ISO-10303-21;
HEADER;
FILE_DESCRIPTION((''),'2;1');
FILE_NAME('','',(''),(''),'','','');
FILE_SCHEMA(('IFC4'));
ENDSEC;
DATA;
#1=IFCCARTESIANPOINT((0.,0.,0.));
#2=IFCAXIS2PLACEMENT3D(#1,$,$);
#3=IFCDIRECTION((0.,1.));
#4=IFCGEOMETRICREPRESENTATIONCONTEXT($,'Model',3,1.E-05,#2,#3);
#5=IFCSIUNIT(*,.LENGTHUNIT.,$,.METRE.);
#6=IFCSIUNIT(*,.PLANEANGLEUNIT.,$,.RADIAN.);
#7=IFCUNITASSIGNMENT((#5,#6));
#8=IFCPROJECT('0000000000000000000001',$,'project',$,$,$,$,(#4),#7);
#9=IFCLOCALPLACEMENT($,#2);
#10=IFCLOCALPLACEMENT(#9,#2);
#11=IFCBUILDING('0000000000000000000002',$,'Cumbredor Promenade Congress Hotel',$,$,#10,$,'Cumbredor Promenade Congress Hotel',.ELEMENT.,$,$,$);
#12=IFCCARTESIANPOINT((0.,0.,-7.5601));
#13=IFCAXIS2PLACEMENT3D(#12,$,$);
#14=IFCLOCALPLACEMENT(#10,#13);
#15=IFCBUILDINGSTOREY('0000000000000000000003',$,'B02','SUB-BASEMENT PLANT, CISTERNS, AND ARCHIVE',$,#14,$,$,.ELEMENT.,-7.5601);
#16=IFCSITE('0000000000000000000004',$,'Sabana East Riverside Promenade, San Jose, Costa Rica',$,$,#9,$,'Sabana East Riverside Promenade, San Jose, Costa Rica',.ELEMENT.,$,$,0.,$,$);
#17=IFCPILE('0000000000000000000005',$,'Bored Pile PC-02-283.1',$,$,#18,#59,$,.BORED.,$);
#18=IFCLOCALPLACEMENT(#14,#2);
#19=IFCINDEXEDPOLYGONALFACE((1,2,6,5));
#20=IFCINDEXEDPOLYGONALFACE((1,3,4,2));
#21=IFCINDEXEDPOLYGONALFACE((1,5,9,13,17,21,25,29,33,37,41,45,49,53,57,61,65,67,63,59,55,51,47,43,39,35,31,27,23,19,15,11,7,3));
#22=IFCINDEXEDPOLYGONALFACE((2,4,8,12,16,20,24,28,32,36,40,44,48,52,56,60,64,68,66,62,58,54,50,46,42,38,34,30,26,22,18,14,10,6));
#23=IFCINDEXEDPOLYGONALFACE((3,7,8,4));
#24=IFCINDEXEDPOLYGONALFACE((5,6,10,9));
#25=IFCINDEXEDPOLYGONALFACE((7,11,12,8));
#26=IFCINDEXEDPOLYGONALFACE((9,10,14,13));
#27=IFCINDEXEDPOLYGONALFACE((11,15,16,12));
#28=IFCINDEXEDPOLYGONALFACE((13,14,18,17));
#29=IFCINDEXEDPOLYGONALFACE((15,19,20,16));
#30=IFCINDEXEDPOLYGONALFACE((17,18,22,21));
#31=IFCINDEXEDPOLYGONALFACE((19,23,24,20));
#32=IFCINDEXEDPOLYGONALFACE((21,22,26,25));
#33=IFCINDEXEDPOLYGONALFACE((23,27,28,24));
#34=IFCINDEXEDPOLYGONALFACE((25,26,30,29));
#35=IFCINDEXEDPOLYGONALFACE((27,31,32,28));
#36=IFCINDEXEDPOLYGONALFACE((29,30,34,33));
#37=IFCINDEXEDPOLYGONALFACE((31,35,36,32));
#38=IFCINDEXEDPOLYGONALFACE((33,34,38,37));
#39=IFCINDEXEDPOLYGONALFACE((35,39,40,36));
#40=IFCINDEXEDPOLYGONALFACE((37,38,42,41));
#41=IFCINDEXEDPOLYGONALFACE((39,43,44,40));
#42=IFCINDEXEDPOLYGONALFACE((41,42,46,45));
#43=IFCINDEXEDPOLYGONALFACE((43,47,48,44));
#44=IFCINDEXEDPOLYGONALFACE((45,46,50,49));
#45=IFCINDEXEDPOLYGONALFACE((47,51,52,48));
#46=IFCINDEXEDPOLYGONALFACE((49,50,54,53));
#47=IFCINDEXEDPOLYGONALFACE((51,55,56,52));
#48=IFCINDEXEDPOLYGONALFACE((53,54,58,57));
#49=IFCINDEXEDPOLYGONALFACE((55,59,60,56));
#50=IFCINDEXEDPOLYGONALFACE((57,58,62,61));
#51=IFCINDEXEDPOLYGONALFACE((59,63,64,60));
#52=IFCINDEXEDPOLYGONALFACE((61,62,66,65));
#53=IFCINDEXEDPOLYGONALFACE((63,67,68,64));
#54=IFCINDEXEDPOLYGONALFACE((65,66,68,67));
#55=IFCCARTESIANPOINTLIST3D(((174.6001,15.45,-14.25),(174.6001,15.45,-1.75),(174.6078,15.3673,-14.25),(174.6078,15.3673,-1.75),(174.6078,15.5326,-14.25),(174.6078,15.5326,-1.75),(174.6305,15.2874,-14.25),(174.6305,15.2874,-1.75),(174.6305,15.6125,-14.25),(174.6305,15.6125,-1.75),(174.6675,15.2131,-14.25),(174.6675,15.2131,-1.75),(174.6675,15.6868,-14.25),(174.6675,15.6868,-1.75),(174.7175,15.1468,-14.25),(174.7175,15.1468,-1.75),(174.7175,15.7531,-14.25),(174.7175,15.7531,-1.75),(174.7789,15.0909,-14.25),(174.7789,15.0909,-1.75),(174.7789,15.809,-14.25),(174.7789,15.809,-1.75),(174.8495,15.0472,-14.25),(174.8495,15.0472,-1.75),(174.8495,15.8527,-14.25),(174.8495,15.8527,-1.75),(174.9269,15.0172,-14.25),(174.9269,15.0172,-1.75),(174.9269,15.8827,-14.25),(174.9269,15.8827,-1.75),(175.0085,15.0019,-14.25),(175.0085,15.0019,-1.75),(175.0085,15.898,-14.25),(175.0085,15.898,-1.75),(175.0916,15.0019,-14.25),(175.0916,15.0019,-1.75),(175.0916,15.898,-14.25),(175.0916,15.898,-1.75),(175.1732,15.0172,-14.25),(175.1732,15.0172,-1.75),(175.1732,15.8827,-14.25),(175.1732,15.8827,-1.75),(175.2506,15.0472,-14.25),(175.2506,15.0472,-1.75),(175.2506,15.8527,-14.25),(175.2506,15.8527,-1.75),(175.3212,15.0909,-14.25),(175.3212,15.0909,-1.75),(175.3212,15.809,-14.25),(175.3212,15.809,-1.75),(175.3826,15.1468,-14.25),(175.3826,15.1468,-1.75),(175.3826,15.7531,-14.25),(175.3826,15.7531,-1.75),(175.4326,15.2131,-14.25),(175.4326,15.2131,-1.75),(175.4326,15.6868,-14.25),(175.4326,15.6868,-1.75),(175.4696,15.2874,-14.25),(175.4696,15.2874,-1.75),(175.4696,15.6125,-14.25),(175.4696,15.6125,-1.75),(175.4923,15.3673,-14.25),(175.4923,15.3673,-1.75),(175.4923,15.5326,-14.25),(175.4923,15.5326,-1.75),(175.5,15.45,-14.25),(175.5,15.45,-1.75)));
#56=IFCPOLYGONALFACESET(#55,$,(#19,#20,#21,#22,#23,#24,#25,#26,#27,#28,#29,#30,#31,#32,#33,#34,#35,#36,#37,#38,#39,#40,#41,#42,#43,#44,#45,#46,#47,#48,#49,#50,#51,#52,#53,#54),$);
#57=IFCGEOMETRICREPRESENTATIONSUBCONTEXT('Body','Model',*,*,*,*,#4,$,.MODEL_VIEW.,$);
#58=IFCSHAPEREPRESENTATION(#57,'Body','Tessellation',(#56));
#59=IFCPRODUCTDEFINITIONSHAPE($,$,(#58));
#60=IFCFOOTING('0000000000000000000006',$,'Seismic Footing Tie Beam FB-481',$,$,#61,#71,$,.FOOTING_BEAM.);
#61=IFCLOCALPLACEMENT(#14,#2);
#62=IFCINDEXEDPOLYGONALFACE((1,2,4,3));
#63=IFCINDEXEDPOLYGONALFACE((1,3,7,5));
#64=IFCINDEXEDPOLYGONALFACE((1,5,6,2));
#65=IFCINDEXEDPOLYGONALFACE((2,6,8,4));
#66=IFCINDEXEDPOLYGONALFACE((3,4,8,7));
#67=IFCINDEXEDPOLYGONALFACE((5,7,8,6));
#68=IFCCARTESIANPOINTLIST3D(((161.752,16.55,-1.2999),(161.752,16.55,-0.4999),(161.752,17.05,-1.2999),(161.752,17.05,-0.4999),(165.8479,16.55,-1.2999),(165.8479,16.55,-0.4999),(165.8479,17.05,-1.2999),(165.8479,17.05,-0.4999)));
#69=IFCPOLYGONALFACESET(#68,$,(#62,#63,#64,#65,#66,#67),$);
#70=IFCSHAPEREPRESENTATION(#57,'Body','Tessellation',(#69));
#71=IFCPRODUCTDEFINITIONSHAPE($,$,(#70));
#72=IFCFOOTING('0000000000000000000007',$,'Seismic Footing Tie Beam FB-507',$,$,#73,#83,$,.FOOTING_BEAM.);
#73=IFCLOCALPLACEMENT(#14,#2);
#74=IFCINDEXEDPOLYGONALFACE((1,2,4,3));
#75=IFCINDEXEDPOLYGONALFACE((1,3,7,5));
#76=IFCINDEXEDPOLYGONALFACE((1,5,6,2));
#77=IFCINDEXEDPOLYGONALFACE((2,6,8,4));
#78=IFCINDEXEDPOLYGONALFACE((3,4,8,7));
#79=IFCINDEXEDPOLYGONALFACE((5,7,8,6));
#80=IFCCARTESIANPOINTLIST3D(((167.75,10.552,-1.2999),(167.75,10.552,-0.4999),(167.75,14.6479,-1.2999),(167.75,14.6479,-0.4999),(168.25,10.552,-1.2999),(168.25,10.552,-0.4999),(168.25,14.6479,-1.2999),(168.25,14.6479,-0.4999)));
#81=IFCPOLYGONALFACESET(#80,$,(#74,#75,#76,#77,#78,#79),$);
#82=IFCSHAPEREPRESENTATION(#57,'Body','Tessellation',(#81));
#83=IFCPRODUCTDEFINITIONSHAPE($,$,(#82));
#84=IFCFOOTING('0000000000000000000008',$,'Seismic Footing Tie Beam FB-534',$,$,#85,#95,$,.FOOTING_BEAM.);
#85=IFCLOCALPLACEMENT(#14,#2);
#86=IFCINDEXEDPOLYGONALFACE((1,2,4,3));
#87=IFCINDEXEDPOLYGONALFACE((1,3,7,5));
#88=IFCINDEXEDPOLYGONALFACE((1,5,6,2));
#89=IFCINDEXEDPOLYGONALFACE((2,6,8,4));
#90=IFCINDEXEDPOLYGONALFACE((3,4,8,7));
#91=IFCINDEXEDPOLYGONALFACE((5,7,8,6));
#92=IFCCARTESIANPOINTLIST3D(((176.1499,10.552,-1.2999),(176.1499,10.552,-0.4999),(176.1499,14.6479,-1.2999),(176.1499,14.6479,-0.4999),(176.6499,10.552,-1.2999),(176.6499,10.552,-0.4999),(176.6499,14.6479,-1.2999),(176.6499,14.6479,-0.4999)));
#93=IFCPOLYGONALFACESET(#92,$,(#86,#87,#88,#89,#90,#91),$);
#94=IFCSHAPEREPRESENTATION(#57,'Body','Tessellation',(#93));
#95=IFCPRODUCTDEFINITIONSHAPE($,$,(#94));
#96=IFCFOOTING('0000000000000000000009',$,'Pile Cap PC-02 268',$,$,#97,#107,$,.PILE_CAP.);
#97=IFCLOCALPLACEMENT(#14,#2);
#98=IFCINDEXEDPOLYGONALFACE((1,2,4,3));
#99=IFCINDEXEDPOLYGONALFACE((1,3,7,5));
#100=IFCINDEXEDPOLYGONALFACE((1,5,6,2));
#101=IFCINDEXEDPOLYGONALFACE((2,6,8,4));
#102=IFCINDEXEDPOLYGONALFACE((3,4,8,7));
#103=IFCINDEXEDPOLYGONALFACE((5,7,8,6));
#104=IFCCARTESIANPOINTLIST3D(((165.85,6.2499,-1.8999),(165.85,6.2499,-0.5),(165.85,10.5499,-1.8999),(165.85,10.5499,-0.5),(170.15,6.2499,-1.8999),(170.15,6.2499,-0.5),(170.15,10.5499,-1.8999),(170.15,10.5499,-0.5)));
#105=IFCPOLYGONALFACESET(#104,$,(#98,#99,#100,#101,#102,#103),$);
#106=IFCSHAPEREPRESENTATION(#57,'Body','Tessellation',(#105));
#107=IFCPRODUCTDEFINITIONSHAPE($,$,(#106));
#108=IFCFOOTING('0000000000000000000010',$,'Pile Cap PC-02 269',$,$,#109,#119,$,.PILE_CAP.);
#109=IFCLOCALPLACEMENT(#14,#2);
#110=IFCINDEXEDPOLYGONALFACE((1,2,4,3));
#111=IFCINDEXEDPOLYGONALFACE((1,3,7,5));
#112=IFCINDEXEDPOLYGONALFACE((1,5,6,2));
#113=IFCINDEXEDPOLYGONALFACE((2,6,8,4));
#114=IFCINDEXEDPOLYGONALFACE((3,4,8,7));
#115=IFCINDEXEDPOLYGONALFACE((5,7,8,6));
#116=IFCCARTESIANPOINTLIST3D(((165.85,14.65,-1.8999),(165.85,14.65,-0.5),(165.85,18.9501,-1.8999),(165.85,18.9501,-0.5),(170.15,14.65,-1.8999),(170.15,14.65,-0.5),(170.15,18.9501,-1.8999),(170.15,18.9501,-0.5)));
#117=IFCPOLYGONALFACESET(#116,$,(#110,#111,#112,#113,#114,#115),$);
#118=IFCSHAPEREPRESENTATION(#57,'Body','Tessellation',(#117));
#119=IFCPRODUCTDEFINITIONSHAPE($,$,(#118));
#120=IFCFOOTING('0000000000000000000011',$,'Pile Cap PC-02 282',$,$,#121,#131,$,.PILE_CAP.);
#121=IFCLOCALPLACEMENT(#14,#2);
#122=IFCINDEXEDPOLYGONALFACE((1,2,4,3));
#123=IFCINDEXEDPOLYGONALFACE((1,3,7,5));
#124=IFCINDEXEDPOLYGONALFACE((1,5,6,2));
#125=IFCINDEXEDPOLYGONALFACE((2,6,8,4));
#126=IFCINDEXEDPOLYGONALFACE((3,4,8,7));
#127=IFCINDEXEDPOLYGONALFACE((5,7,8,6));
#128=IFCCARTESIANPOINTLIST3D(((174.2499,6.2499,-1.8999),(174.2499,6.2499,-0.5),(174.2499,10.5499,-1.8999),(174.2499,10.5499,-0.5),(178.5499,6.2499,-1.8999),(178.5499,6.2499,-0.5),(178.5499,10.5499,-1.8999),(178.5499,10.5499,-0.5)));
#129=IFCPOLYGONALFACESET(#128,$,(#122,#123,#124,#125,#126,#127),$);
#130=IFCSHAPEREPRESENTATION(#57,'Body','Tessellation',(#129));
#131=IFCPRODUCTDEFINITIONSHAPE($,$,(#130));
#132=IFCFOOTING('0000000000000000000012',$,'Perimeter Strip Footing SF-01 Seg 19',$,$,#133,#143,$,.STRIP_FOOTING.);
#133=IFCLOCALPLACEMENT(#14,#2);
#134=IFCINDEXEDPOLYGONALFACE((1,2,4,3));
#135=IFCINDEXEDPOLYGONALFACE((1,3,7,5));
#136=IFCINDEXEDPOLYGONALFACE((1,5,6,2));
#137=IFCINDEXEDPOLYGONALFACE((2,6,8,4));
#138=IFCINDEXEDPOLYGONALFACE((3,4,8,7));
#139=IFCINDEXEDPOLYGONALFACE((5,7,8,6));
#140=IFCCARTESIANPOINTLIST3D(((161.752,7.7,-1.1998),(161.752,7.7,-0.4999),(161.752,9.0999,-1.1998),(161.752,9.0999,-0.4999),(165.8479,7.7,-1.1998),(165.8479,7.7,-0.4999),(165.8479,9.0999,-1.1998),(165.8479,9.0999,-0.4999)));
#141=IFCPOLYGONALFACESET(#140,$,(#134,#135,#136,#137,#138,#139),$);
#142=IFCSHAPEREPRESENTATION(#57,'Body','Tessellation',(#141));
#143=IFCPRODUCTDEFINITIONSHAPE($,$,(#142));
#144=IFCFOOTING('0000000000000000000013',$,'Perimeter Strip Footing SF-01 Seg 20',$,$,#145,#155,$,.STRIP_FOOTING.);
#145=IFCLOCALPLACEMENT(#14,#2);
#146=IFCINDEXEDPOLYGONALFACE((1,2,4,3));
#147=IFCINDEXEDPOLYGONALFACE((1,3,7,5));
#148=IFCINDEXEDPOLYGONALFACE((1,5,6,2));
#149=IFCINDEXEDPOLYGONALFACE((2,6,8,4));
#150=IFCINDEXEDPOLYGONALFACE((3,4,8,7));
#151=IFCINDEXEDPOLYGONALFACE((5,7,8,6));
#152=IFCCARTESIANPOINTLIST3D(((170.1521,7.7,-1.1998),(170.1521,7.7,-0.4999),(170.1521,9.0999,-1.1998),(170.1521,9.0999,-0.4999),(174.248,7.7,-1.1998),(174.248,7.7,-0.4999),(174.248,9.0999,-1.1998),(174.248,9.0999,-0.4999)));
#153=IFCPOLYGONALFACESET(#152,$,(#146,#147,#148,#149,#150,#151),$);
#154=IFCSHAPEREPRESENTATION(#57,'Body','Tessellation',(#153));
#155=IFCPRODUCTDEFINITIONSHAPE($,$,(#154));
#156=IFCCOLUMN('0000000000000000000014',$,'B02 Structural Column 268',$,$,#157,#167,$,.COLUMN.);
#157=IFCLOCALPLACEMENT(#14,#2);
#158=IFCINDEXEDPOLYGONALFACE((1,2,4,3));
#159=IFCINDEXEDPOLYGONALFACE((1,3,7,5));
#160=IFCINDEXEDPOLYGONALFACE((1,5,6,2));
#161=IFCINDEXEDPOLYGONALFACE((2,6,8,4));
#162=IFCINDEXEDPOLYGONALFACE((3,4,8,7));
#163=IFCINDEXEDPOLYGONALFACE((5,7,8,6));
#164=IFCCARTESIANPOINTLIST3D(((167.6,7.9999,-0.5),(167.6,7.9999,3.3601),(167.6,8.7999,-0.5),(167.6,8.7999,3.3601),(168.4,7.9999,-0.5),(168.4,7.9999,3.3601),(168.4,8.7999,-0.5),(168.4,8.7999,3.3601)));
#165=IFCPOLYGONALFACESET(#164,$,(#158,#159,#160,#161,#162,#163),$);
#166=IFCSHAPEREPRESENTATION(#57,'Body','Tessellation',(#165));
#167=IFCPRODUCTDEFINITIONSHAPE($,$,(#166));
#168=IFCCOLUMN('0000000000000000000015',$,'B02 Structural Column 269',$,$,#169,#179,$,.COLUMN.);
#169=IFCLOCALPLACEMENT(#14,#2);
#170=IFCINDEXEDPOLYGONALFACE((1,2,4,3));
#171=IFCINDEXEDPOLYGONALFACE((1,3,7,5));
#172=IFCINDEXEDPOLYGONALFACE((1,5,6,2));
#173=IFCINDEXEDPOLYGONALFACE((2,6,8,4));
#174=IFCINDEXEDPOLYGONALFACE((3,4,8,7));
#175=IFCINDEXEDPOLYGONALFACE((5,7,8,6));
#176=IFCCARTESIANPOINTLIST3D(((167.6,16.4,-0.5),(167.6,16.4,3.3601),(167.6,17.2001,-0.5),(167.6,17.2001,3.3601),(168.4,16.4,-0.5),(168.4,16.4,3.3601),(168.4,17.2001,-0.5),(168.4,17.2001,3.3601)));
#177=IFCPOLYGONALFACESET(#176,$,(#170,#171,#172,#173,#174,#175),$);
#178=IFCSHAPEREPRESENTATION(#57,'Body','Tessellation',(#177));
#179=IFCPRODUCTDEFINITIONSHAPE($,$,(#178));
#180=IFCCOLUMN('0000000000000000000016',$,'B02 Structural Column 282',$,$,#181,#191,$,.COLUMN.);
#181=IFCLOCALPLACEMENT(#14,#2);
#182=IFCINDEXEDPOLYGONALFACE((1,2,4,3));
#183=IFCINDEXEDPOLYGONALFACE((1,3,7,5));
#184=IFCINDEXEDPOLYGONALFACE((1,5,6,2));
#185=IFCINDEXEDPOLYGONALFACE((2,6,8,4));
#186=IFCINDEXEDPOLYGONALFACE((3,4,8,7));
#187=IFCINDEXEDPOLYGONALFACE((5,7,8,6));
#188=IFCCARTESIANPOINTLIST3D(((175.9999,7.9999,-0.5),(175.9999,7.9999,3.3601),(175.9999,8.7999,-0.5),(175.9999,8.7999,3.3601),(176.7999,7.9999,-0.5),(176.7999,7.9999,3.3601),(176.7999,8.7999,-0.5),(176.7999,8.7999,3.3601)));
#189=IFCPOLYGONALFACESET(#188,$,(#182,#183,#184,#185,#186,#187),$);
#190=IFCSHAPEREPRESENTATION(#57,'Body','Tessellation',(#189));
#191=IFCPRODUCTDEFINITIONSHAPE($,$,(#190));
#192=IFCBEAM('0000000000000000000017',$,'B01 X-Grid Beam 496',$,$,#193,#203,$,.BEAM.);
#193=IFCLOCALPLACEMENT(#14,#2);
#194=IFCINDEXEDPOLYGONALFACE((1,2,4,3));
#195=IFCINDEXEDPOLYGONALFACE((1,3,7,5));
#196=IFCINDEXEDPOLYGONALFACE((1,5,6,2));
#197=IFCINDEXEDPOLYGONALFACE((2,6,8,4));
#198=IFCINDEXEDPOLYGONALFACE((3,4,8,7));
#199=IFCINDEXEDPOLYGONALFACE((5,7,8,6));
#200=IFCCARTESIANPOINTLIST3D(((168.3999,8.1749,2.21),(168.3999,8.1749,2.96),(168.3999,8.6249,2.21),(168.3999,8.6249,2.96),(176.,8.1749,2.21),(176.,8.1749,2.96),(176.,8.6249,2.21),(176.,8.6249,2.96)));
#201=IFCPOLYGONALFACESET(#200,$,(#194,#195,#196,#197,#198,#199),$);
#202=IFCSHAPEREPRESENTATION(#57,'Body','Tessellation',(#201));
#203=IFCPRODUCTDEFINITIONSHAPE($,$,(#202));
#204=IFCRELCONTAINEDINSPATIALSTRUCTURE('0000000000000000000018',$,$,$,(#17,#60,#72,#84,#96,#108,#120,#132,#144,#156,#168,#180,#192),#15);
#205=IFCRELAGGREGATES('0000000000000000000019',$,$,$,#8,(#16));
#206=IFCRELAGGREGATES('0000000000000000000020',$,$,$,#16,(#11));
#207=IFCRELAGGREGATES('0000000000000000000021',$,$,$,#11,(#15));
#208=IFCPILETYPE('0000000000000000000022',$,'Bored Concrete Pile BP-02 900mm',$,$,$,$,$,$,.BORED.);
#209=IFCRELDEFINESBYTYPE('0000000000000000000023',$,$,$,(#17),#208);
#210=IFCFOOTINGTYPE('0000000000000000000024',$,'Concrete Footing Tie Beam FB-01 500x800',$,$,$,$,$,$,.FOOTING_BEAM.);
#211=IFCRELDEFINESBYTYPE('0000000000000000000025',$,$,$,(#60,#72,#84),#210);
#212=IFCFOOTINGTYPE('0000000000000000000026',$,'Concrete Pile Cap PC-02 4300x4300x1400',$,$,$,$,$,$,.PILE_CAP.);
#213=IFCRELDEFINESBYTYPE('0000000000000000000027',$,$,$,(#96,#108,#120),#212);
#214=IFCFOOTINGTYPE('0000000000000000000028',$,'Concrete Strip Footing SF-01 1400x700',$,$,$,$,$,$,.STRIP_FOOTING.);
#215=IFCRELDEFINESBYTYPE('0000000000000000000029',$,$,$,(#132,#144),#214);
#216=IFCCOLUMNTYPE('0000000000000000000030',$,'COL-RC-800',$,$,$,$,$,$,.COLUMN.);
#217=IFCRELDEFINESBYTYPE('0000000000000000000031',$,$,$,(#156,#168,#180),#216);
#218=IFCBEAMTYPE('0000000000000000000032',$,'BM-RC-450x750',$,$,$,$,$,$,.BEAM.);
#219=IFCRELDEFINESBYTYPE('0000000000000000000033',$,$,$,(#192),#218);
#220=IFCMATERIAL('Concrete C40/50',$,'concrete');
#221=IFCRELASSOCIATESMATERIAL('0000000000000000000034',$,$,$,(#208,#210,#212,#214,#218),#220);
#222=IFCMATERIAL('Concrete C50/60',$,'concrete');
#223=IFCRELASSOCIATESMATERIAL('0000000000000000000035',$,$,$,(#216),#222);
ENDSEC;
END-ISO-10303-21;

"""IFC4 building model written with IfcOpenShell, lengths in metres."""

from ifc_helpers import new_model, si_unit, direction, frame, origin, origin_2d, place, context, subcontext, project, spatial, rectangle, circle, extrude, material, material_profile, profile_set, type_object, element, save


model = new_model("IFC4")

# Units and contexts
model_context = context("Model", 3, precision=1e-05, world=origin(), true_north=direction((0.0, 1.0)))
body_context = subcontext(model_context, "Body", "Model", "MODEL_VIEW")
ifc_project = project(units=[si_unit("LENGTHUNIT", "METRE"), si_unit("PLANEANGLEUNIT", "RADIAN")], contexts=[model_context])

# Site, building, storey
site_placement = place(None, origin())
site = spatial("IfcSite", under=ifc_project, at=site_placement, Name="Sabana East Riverside Promenade, San Jose, Costa Rica", LongName="Sabana East Riverside Promenade, San Jose, Costa Rica", CompositionType="ELEMENT", RefElevation=0.0)
building_placement = place(site_placement, origin())
building = spatial("IfcBuilding", under=site, at=building_placement, Name="Cumbredor Promenade Congress Hotel", LongName="Cumbredor Promenade Congress Hotel", CompositionType="ELEMENT")
storey_placement = place(building_placement, frame((0.0, 0.0, -7.5601)))
storey = spatial("IfcBuildingStorey", under=building, at=storey_placement, Name="B02", Description="SUB-BASEMENT PLANT, CISTERNS, AND ARCHIVE", CompositionType="ELEMENT", Elevation=-7.5601)

# Pile
ifc_material_1 = material(Name="Concrete C40/50", Category="concrete")
ifc_material_profile_1 = material_profile(ifc_material_1, circle(Radius=0.45, at=origin_2d()), Name="PILE D900")
ifc_profile_set_1 = profile_set([ifc_material_profile_1], Name="Concrete C40/50")
pile_type = type_object("IfcPileType", Name="Bored Concrete Pile BP-02 900mm", PredefinedType="BORED", material=ifc_profile_set_1)
for number, where, z_axis, x_axis, name in (
    (1, (175.05, 15.45, -1.75), (0.0, 0.0, -1.0), (1.0, 0.0, 0.0), "Bored Pile PC-02-283.1"),
):
    element("IfcPile", number, at=place(storey_placement, frame(where, z_axis=z_axis, x_axis=x_axis)), inside=storey, type_object=pile_type, Name=name, PredefinedType="BORED", context=body_context, shape_type="SweptSolid", body=[
        extrude(circle(Radius=0.45, at=origin_2d()), origin(), (0.0, 0.0, 1.0), 12.5),
    ])

# Footings
ifc_material_profile_2 = material_profile(ifc_material_1, rectangle(XDim=0.5, YDim=0.8, at=origin_2d()), Name="FB 500x800")
ifc_profile_set_2 = profile_set([ifc_material_profile_2], Name="Concrete C40/50")
footing_type_1 = type_object("IfcFootingType", Name="Concrete Footing Tie Beam FB-01 500x800", PredefinedType="FOOTING_BEAM", material=ifc_profile_set_2)
for number, where, z_axis, x_axis, name in (
    (2, (161.752, 16.8, -0.8999), (1.0, 0.0, 0.0), (0.0, 1.0, 0.0), "Seismic Footing Tie Beam FB-481"),
    (3, (168.0, 10.552, -0.8999), (0.0, 1.0, 0.0), (-1.0, 0.0, 0.0), "Seismic Footing Tie Beam FB-507"),
    (4, (176.3999, 10.552, -0.8999), (0.0, 1.0, 0.0), (-1.0, 0.0, 0.0), "Seismic Footing Tie Beam FB-534"),
):
    element("IfcFooting", number, at=place(storey_placement, frame(where, z_axis=z_axis, x_axis=x_axis)), inside=storey, type_object=footing_type_1, Name=name, PredefinedType="FOOTING_BEAM", context=body_context, shape_type="SweptSolid", body=[
        extrude(rectangle(XDim=0.5, YDim=0.8, at=origin_2d()), origin(), (0.0, 0.0, 1.0), 4.0959),
    ])
footing_type_2 = type_object("IfcFootingType", Name="Concrete Pile Cap PC-02 4300x4300x1400", PredefinedType="PILE_CAP", material=ifc_material_1)
for number, where, z_axis, x_axis, name in (
    (5, (168.0, 8.3999, -1.8999), (0.0, 0.0, 1.0), (1.0, 0.0, 0.0), "Pile Cap PC-02 268"),
    (6, (168.0, 16.8, -1.8999), (0.0, 0.0, 1.0), (1.0, 0.0, 0.0), "Pile Cap PC-02 269"),
    (7, (176.3999, 8.3999, -1.8999), (0.0, 0.0, 1.0), (1.0, 0.0, 0.0), "Pile Cap PC-02 282"),
):
    element("IfcFooting", number, at=place(storey_placement, frame(where, z_axis=z_axis, x_axis=x_axis)), inside=storey, type_object=footing_type_2, Name=name, PredefinedType="PILE_CAP", context=body_context, shape_type="SweptSolid", body=[
        extrude(rectangle(XDim=4.3, YDim=4.3, at=origin_2d()), origin(), (0.0, 0.0, 1.0), 1.3999),
    ])
ifc_material_profile_3 = material_profile(ifc_material_1, rectangle(XDim=1.3999, YDim=0.7, at=origin_2d()), Name="SF 1400x700")
ifc_profile_set_3 = profile_set([ifc_material_profile_3], Name="Concrete C40/50")
footing_type_3 = type_object("IfcFootingType", Name="Concrete Strip Footing SF-01 1400x700", PredefinedType="STRIP_FOOTING", material=ifc_profile_set_3)
for number, where, z_axis, x_axis, name in (
    (8, (161.752, 8.3999, -0.8499), (1.0, 0.0, 0.0), (0.0, 1.0, 0.0), "Perimeter Strip Footing SF-01 Seg 19"),
    (9, (170.1521, 8.3999, -0.8499), (1.0, 0.0, 0.0), (0.0, 1.0, 0.0), "Perimeter Strip Footing SF-01 Seg 20"),
):
    element("IfcFooting", number, at=place(storey_placement, frame(where, z_axis=z_axis, x_axis=x_axis)), inside=storey, type_object=footing_type_3, Name=name, PredefinedType="STRIP_FOOTING", context=body_context, shape_type="SweptSolid", body=[
        extrude(rectangle(XDim=1.3999, YDim=0.7, at=origin_2d()), origin(), (0.0, 0.0, 1.0), 4.0959),
    ])

# Columns
ifc_material_2 = material(Name="Concrete C50/60", Category="concrete")
ifc_material_profile_4 = material_profile(ifc_material_2, rectangle(XDim=0.8, YDim=0.8, at=origin_2d()), Name="RC 800x800")
ifc_profile_set_4 = profile_set([ifc_material_profile_4], Name="Concrete C50/60")
column_type = type_object("IfcColumnType", Name="COL-RC-800", PredefinedType="COLUMN", material=ifc_profile_set_4)
for number, where, z_axis, x_axis, name in (
    (10, (168.0, 8.3999, -0.5), (0.0, 0.0, 1.0), (1.0, 0.0, 0.0), "B02 Structural Column 268"),
    (11, (168.0, 16.8, -0.5), (0.0, 0.0, 1.0), (1.0, 0.0, 0.0), "B02 Structural Column 269"),
    (12, (176.3999, 8.3999, -0.5), (0.0, 0.0, 1.0), (1.0, 0.0, 0.0), "B02 Structural Column 282"),
):
    element("IfcColumn", number, at=place(storey_placement, frame(where, z_axis=z_axis, x_axis=x_axis)), inside=storey, type_object=column_type, Name=name, PredefinedType="COLUMN", context=body_context, shape_type="SweptSolid", body=[
        extrude(rectangle(XDim=0.8, YDim=0.8, at=origin_2d()), origin(), (0.0, 0.0, 1.0), 3.8601),
    ])

# Beam
ifc_material_profile_5 = material_profile(ifc_material_1, rectangle(XDim=0.45, YDim=0.75, at=origin_2d()), Name="RC BEAM 450x750")
ifc_profile_set_5 = profile_set([ifc_material_profile_5], Name="Concrete C40/50")
beam_type_1 = type_object("IfcBeamType", Name="BM-RC-450x750", PredefinedType="BEAM", material=ifc_profile_set_5)
beam_1_placement = place(storey_placement, frame((168.3999, 8.3999, 2.585), z_axis=(1.0, 0.0, 0.0), x_axis=(0.0, 1.0, 0.0)))
element("IfcBeam", 13, at=beam_1_placement, inside=storey, type_object=beam_type_1, Name="B01 X-Grid Beam 496", PredefinedType="BEAM", context=body_context, shape_type="SweptSolid", body=[
    extrude(rectangle(XDim=0.45, YDim=0.75, at=origin_2d()), origin(), (0.0, 0.0, 1.0), 7.6001),
])

save(model, "model.ifc")
